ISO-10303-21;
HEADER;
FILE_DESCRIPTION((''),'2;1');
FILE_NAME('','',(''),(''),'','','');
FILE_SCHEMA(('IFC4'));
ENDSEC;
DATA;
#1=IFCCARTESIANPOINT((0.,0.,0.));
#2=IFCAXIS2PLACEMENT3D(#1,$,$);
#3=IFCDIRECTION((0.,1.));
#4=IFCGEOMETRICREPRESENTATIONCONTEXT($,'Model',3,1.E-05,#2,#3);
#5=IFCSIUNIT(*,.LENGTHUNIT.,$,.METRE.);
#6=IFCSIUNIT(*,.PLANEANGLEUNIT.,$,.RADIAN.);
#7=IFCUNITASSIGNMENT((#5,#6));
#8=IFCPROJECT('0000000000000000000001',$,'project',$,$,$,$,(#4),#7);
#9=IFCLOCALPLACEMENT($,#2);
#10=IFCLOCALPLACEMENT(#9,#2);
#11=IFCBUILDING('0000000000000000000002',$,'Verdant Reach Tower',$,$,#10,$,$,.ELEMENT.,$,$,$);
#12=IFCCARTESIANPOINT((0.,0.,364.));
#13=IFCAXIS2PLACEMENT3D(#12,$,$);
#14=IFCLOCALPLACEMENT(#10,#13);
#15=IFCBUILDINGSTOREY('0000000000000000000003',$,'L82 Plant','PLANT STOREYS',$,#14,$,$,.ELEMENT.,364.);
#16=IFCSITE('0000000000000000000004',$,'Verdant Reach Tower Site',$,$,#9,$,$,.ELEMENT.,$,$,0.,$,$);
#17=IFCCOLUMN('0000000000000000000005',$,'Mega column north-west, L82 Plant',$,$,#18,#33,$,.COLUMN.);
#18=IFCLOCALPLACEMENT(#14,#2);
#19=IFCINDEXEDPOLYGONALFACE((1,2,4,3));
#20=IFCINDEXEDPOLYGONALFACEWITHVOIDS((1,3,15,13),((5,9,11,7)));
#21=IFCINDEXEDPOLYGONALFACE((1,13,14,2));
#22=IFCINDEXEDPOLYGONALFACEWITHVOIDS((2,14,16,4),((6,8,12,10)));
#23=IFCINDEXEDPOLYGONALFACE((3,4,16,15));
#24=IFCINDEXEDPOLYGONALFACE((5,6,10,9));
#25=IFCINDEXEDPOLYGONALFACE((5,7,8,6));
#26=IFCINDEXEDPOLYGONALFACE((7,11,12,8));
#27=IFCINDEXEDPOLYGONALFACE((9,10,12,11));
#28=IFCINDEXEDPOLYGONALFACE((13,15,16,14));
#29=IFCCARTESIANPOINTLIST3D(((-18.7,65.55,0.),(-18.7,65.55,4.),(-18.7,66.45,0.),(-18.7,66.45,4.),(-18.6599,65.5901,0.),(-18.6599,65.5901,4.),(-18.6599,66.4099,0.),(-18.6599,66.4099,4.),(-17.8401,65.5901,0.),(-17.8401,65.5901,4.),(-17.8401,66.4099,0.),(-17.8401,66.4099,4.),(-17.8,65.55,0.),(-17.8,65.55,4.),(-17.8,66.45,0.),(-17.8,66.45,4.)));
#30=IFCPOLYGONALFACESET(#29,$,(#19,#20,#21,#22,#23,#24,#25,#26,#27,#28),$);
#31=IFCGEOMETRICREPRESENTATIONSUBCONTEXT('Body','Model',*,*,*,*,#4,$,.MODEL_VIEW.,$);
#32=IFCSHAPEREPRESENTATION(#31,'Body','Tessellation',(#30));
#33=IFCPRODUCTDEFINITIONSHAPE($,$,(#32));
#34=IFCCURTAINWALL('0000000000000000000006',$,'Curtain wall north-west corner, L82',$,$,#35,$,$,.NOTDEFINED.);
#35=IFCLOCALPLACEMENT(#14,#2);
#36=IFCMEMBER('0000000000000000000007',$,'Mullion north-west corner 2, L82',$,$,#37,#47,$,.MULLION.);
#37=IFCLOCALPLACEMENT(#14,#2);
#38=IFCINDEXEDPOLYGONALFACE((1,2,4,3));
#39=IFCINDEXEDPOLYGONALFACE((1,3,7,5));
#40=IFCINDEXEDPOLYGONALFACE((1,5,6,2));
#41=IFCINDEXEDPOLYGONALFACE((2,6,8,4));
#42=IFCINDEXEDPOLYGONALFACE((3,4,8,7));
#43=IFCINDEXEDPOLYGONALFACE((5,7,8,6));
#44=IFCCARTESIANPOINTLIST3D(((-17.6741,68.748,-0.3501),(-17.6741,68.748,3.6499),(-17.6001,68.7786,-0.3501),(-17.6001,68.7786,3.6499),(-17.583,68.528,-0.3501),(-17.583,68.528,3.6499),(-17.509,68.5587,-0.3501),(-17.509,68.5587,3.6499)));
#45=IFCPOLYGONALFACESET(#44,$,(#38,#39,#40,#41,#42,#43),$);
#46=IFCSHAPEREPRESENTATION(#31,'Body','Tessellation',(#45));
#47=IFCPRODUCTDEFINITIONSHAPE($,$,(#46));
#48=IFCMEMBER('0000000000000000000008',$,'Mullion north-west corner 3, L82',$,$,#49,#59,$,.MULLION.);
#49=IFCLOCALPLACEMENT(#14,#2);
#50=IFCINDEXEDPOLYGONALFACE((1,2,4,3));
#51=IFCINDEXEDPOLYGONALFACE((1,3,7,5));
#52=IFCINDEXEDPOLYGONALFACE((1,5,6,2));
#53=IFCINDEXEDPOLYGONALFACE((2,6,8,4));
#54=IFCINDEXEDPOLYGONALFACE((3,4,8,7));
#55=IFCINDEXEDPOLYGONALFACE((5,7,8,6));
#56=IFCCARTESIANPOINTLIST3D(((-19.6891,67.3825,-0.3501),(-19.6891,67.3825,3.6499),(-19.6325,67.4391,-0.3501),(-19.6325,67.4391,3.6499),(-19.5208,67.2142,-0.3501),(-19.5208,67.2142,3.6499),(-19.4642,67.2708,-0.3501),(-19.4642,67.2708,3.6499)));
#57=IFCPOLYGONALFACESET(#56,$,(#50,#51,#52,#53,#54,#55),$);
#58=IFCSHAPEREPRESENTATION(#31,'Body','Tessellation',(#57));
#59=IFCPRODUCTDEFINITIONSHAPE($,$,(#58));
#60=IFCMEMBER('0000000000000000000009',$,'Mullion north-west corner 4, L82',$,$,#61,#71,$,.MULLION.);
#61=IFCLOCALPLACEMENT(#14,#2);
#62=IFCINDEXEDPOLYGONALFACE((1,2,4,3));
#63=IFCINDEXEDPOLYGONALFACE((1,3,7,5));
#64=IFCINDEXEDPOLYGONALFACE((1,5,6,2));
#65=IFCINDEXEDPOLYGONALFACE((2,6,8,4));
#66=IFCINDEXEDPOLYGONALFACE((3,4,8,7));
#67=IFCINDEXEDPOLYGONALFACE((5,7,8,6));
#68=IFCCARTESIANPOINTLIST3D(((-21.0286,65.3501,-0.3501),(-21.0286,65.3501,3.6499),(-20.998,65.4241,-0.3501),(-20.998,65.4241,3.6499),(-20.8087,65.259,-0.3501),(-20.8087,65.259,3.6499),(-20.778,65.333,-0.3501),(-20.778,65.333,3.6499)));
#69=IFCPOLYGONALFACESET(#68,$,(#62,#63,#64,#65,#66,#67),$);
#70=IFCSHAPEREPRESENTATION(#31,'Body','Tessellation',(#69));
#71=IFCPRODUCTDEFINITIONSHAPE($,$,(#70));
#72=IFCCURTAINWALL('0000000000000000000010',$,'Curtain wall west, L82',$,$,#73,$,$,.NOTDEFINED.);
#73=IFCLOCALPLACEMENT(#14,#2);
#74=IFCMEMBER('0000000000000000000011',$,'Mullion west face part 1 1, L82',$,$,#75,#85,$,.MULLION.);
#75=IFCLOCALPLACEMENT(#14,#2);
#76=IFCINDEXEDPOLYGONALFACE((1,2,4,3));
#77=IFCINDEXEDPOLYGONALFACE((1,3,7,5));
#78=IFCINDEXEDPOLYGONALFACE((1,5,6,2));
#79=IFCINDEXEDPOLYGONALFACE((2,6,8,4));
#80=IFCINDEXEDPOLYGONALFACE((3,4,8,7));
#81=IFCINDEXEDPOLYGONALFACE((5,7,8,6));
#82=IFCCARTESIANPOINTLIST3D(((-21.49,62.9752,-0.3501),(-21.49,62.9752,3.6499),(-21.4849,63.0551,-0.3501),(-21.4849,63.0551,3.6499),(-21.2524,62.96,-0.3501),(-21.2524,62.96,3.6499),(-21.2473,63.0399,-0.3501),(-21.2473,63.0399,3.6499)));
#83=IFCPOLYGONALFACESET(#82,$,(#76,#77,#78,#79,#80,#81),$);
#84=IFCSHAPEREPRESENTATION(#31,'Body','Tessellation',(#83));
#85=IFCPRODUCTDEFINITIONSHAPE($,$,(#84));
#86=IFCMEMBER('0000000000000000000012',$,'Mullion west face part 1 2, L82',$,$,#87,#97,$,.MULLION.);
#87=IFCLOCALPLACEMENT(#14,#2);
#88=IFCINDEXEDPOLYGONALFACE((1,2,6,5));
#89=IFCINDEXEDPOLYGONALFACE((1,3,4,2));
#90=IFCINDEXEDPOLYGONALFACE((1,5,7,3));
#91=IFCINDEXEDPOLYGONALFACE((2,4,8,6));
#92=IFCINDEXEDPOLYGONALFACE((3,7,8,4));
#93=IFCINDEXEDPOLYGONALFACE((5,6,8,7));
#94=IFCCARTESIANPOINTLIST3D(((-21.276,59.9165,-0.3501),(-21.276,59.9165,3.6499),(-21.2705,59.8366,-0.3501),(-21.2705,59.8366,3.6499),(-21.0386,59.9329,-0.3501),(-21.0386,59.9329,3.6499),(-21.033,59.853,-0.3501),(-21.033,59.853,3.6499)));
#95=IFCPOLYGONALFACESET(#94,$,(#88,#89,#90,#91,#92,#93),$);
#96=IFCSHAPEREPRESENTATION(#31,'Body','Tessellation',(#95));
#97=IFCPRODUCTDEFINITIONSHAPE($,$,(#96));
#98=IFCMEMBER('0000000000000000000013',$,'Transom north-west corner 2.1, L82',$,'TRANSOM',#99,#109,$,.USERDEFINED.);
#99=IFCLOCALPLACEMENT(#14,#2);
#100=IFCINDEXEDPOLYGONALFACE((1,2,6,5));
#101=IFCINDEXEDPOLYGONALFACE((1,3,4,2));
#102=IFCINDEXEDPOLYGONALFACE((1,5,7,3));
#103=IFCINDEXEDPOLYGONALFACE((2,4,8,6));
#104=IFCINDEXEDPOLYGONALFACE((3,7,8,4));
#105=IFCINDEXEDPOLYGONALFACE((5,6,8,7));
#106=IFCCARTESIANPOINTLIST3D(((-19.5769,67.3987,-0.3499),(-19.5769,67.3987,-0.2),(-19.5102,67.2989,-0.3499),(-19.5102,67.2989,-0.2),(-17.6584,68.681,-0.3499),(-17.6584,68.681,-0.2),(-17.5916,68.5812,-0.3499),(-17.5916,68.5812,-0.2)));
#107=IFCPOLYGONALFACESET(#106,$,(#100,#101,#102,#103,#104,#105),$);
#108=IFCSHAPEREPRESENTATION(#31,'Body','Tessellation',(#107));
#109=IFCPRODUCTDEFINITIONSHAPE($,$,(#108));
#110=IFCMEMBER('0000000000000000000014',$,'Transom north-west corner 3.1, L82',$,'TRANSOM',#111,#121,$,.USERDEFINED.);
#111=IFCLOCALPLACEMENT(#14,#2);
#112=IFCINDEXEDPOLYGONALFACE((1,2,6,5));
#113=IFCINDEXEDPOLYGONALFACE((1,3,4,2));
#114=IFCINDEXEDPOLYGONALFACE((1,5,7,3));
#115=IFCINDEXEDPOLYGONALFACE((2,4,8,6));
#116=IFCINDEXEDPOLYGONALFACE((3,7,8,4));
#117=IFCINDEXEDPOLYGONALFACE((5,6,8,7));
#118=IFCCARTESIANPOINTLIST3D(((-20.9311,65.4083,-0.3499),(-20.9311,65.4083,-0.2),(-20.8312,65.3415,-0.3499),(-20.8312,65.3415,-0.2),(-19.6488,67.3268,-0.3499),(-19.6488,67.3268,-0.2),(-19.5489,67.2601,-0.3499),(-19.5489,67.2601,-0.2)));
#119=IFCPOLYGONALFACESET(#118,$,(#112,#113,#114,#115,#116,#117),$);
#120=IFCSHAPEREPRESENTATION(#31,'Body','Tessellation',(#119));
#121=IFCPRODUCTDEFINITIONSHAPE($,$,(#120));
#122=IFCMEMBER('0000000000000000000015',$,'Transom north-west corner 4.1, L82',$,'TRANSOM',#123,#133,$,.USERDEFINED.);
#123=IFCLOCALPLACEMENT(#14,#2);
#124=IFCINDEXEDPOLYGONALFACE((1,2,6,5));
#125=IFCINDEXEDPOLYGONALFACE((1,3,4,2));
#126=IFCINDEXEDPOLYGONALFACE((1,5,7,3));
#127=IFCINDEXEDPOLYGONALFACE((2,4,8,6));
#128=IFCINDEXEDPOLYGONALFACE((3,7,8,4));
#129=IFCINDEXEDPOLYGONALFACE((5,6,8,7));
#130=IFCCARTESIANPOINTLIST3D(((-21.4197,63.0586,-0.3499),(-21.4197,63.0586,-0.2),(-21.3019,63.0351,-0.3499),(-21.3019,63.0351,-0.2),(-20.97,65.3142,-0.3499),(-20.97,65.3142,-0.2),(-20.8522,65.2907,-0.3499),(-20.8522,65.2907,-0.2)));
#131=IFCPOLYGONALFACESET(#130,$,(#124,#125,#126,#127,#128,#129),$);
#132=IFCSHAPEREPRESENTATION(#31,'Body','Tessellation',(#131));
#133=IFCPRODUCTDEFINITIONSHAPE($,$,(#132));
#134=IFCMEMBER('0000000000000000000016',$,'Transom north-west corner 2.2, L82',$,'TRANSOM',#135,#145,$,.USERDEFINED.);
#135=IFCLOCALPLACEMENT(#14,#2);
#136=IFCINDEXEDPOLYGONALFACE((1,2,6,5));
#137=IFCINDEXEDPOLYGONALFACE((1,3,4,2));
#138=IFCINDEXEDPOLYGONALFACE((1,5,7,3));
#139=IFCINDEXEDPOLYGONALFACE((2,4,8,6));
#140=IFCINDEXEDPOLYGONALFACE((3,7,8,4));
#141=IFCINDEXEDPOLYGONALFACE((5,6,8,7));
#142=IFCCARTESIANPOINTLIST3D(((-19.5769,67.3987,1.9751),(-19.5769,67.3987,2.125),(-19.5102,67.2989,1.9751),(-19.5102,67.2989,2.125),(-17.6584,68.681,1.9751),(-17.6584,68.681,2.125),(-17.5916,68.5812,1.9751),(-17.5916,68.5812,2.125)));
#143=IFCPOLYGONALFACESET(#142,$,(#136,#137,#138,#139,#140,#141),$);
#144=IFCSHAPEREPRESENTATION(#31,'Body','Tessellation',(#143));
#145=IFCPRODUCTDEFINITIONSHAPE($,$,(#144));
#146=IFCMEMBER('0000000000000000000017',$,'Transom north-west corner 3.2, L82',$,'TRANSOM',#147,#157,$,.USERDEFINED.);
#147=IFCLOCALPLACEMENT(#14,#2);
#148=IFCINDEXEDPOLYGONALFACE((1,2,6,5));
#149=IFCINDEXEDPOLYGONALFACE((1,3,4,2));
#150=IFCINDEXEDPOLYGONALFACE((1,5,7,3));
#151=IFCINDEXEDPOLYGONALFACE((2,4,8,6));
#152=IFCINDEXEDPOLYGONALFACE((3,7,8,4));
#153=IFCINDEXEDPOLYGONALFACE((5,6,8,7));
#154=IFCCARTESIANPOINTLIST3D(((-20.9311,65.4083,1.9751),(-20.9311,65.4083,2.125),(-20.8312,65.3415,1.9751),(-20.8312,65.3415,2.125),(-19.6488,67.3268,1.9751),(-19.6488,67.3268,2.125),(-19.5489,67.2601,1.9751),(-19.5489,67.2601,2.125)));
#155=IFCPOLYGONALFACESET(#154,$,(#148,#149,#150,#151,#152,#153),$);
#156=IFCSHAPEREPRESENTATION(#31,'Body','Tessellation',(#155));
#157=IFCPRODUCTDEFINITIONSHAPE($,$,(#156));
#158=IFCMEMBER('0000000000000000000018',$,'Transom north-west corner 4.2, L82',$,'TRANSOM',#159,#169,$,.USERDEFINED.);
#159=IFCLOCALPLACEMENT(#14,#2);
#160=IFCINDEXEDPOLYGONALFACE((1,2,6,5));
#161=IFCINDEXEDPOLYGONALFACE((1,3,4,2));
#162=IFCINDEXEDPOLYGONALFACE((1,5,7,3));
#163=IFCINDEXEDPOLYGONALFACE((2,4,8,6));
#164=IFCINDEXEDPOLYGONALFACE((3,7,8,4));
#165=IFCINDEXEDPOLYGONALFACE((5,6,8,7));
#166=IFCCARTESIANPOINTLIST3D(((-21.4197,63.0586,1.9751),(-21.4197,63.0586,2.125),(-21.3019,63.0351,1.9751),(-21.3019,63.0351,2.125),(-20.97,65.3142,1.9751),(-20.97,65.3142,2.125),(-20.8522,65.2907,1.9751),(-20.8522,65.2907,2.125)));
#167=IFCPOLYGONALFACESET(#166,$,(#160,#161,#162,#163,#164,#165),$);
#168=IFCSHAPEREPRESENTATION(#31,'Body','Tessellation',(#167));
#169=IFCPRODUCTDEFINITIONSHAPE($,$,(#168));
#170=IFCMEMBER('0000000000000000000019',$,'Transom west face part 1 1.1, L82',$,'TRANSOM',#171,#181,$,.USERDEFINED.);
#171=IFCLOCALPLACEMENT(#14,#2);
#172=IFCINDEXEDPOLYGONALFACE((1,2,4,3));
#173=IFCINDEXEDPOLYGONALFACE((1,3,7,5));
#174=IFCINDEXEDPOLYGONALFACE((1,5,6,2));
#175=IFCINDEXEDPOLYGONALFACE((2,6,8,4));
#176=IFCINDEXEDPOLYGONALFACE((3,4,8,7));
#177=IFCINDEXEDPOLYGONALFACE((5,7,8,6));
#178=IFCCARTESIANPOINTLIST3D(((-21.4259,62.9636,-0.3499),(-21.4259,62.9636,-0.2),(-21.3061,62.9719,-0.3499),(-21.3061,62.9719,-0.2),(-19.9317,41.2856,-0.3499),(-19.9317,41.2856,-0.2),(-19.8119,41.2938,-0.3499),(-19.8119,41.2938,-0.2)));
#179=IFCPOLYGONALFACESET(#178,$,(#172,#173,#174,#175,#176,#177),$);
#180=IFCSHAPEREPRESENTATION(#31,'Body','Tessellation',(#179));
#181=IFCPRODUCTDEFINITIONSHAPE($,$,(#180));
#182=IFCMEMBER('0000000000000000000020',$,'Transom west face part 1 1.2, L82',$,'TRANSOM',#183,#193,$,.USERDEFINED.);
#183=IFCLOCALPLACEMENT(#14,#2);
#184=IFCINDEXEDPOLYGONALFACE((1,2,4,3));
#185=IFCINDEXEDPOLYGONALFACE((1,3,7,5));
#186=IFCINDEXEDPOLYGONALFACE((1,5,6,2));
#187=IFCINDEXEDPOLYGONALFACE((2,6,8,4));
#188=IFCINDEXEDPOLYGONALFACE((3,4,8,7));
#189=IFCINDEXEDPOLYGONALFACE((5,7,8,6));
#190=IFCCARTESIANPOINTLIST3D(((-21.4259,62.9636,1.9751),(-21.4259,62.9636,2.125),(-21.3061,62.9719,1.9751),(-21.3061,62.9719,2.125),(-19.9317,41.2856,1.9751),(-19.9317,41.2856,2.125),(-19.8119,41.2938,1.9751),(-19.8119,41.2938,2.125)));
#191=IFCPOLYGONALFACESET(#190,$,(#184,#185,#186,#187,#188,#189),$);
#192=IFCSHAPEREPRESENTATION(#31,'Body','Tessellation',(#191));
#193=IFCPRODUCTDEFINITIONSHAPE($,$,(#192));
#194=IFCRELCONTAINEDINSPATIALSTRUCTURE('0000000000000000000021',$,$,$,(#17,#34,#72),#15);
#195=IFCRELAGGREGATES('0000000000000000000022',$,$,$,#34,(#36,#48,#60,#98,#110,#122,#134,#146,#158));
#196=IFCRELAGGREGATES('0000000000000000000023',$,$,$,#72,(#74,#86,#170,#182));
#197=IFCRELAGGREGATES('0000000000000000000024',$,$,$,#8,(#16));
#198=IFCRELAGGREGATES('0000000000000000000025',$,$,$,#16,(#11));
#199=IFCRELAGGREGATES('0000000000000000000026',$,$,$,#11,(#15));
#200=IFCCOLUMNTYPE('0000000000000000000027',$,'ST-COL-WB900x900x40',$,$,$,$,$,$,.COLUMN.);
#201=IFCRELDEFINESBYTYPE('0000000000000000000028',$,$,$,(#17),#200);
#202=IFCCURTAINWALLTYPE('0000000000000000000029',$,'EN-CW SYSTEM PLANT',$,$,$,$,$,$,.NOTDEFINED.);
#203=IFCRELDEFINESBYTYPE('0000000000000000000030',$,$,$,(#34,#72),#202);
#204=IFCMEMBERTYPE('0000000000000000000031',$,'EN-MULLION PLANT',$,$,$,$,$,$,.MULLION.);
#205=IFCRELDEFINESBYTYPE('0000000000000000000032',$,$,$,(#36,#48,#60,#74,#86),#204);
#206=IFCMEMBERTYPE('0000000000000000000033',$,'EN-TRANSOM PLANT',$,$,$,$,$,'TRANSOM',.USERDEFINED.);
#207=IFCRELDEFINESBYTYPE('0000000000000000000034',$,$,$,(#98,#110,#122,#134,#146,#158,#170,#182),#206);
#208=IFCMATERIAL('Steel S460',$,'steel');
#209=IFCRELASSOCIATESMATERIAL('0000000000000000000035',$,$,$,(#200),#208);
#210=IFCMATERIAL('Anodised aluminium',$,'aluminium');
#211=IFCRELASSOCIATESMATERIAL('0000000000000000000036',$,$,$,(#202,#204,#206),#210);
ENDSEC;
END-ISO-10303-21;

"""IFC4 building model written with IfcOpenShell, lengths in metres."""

from ifc_helpers import new_model, si_unit, direction, frame, origin, origin_2d, place, context, subcontext, project, spatial, rectangle, hollow_rectangle, extrude, material, material_profile, profile_set, type_object, element, aggregate, save


model = new_model("IFC4")

# Units and contexts
model_context = context("Model", 3, precision=1e-05, world=origin(), true_north=direction((0.0, 1.0)))
body_context = subcontext(model_context, "Body", "Model", "MODEL_VIEW")
ifc_project = project(units=[si_unit("LENGTHUNIT", "METRE"), si_unit("PLANEANGLEUNIT", "RADIAN")], contexts=[model_context])

# Site, building, storey
site_placement = place(None, origin())
site = spatial("IfcSite", under=ifc_project, at=site_placement, Name="Verdant Reach Tower Site", CompositionType="ELEMENT", RefElevation=0.0)
building_placement = place(site_placement, origin())
building = spatial("IfcBuilding", under=site, at=building_placement, Name="Verdant Reach Tower", CompositionType="ELEMENT")
storey_placement = place(building_placement, frame((0.0, 0.0, 364.0)))
storey = spatial("IfcBuildingStorey", under=building, at=storey_placement, Name="L82 Plant", Description="PLANT STOREYS", CompositionType="ELEMENT", Elevation=364.0)

# Column
ifc_material_1 = material(Name="Steel S460", Category="steel")
ifc_material_profile_1 = material_profile(ifc_material_1, hollow_rectangle(XDim=0.8999, YDim=0.8999, WallThickness=0.04, at=origin_2d()), Name="WB 900x900x40")
ifc_profile_set_1 = profile_set([ifc_material_profile_1], Name="Steel S460")
column_type = type_object("IfcColumnType", Name="ST-COL-WB900x900x40", PredefinedType="COLUMN", material=ifc_profile_set_1)
column_placement = place(storey_placement, frame((-18.25, 66.0, 0.0), z_axis=(0.0, 0.0, 1.0), x_axis=(1.0, 0.0, 0.0)))
element("IfcColumn", 1, at=column_placement, inside=storey, type_object=column_type, Name="Mega column north-west, L82 Plant", PredefinedType="COLUMN", context=body_context, shape_type="SweptSolid", body=[
    extrude(hollow_rectangle(XDim=0.8999, YDim=0.8999, WallThickness=0.04, at=origin_2d()), origin(), (0.0, 0.0, 1.0), 4.0),
])

# Curtain walls, members
ifc_material_2 = material(Name="Anodised aluminium", Category="aluminium")
curtain_wall_type = type_object("IfcCurtainWallType", Name="EN-CW SYSTEM PLANT", PredefinedType="NOTDEFINED", material=ifc_material_2)
curtain_wall_1_placement = place(storey_placement, origin())
curtain_wall_1 = element("IfcCurtainWall", 2, at=curtain_wall_1_placement, inside=storey, type_object=curtain_wall_type, Name="Curtain wall north-west corner, L82", PredefinedType="NOTDEFINED")
ifc_material_profile_2 = material_profile(ifc_material_2, rectangle(XDim=0.238, YDim=0.0801, at=origin_2d()), Name="Mullion 80x240")
ifc_profile_set_2 = profile_set([ifc_material_profile_2], Name="Anodised aluminium")
member_type_1 = type_object("IfcMemberType", Name="EN-MULLION PLANT", PredefinedType="MULLION", material=ifc_profile_set_2)
member_1_placement = place(storey_placement, frame((-17.5916, 68.6533, -0.3501), z_axis=(0.0, 0.0, 1.0), x_axis=(-0.382694, 0.923875, 0.0)))
member_1 = element("IfcMember", 3, at=member_1_placement, type_object=member_type_1, Name="Mullion north-west corner 2, L82", PredefinedType="MULLION", context=body_context, shape_type="SweptSolid", body=[
    extrude(rectangle(XDim=0.238, YDim=0.0801, at=origin_2d()), origin(), (0.0, 0.0, 1.0), 4.0),
])
member_2_placement = place(storey_placement, frame((-19.5767, 67.3267, -0.3501), z_axis=(0.0, 0.0, 1.0), x_axis=(-0.707107, 0.707107, 0.0)))
member_2 = element("IfcMember", 4, at=member_2_placement, type_object=member_type_1, Name="Mullion north-west corner 3, L82", PredefinedType="MULLION", context=body_context, shape_type="SweptSolid", body=[
    extrude(rectangle(XDim=0.238, YDim=0.0801, at=origin_2d()), origin(), (0.0, 0.0, 1.0), 4.0),
])
member_3_placement = place(storey_placement, frame((-20.9033, 65.3416, -0.3501), z_axis=(0.0, 0.0, 1.0), x_axis=(-0.923875, 0.382694, 0.0)))
member_3 = element("IfcMember", 5, at=member_3_placement, type_object=member_type_1, Name="Mullion north-west corner 4, L82", PredefinedType="MULLION", context=body_context, shape_type="SweptSolid", body=[
    extrude(rectangle(XDim=0.238, YDim=0.0801, at=origin_2d()), origin(), (0.0, 0.0, 1.0), 4.0),
])
curtain_wall_2_placement = place(storey_placement, origin())
curtain_wall_2 = element("IfcCurtainWall", 6, at=curtain_wall_2_placement, inside=storey, type_object=curtain_wall_type, Name="Curtain wall west, L82", PredefinedType="NOTDEFINED")
member_4_placement = place(storey_placement, frame((-21.3687, 63.0076, -0.3501), z_axis=(0.0, 0.0, 1.0), x_axis=(-0.997969, 0.063699, 0.0)))
member_4 = element("IfcMember", 7, at=member_4_placement, type_object=member_type_1, Name="Mullion west face part 1 1, L82", PredefinedType="MULLION", context=body_context, shape_type="SweptSolid", body=[
    extrude(rectangle(XDim=0.238, YDim=0.0801, at=origin_2d()), origin(), (0.0, 0.0, 1.0), 4.0),
])
member_5_placement = place(storey_placement, frame((-21.1545, 59.8848, -0.3501), z_axis=(0.0, 0.0, 1.0), x_axis=(-0.99763, -0.068802, 0.0)))
member_5 = element("IfcMember", 8, at=member_5_placement, type_object=member_type_1, Name="Mullion west face part 1 2, L82", PredefinedType="MULLION", context=body_context, shape_type="SweptSolid", body=[
    extrude(rectangle(XDim=0.238, YDim=0.0801, at=origin_2d()), origin(), (0.0, 0.0, 1.0), 4.0),
])

# Members
ifc_material_profile_3 = material_profile(ifc_material_2, rectangle(XDim=0.1201, YDim=0.1499, at=origin_2d()), Name="Transom 150x120")
ifc_profile_set_3 = profile_set([ifc_material_profile_3], Name="Anodised aluminium")
member_type_2 = type_object("IfcMemberType", Name="EN-TRANSOM PLANT", ElementType="TRANSOM", PredefinedType="USERDEFINED", material=ifc_profile_set_3)
member_6_placement = place(storey_placement, frame((-17.625, 68.6311, -0.2749), z_axis=(-0.831399, -0.555676, 0.0), x_axis=(0.555676, -0.831399, 0.0)))
member_6 = element("IfcMember", 9, at=member_6_placement, type_object=member_type_2, Name="Transom north-west corner 2.1, L82", ObjectType="TRANSOM", PredefinedType="USERDEFINED", context=body_context, shape_type="SweptSolid", body=[
    extrude(rectangle(XDim=0.1201, YDim=0.1499, at=origin_2d()), origin(), (0.0, 0.0, 1.0), 2.3076),
])
member_7_placement = place(storey_placement, frame((-19.5989, 67.2935, -0.2749), z_axis=(-0.555676, -0.831399, 0.0), x_axis=(0.831399, -0.555676, 0.0)))
member_7 = element("IfcMember", 10, at=member_7_placement, type_object=member_type_2, Name="Transom north-west corner 3.1, L82", ObjectType="TRANSOM", PredefinedType="USERDEFINED", context=body_context, shape_type="SweptSolid", body=[
    extrude(rectangle(XDim=0.1201, YDim=0.1499, at=origin_2d()), origin(), (0.0, 0.0, 1.0), 2.3076),
])
member_8_placement = place(storey_placement, frame((-20.9111, 65.3025, -0.2749), z_axis=(-0.195524, -0.980699, 0.0), x_axis=(0.980699, -0.195524, 0.0)))
member_8 = element("IfcMember", 11, at=member_8_placement, type_object=member_type_2, Name="Transom north-west corner 4.1, L82", ObjectType="TRANSOM", PredefinedType="USERDEFINED", context=body_context, shape_type="SweptSolid", body=[
    extrude(rectangle(XDim=0.1201, YDim=0.1499, at=origin_2d()), origin(), (0.0, 0.0, 1.0), 2.3),
])
member_9_placement = place(storey_placement, frame((-17.625, 68.6311, 2.05), z_axis=(-0.831399, -0.555676, 0.0), x_axis=(0.555676, -0.831399, 0.0)))
member_9 = element("IfcMember", 12, at=member_9_placement, type_object=member_type_2, Name="Transom north-west corner 2.2, L82", ObjectType="TRANSOM", PredefinedType="USERDEFINED", context=body_context, shape_type="SweptSolid", body=[
    extrude(rectangle(XDim=0.1201, YDim=0.1499, at=origin_2d()), origin(), (0.0, 0.0, 1.0), 2.3076),
])
member_10_placement = place(storey_placement, frame((-19.5989, 67.2935, 2.05), z_axis=(-0.555676, -0.831399, 0.0), x_axis=(0.831399, -0.555676, 0.0)))
member_10 = element("IfcMember", 13, at=member_10_placement, type_object=member_type_2, Name="Transom north-west corner 3.2, L82", ObjectType="TRANSOM", PredefinedType="USERDEFINED", context=body_context, shape_type="SweptSolid", body=[
    extrude(rectangle(XDim=0.1201, YDim=0.1499, at=origin_2d()), origin(), (0.0, 0.0, 1.0), 2.3076),
])
member_11_placement = place(storey_placement, frame((-20.9111, 65.3025, 2.05), z_axis=(-0.195524, -0.980699, 0.0), x_axis=(0.980699, -0.195524, 0.0)))
member_11 = element("IfcMember", 14, at=member_11_placement, type_object=member_type_2, Name="Transom north-west corner 4.2, L82", ObjectType="TRANSOM", PredefinedType="USERDEFINED", context=body_context, shape_type="SweptSolid", body=[
    extrude(rectangle(XDim=0.1201, YDim=0.1499, at=origin_2d()), origin(), (0.0, 0.0, 1.0), 2.3),
])
member_12_placement = place(storey_placement, frame((-21.366, 62.9678, -0.2749), z_axis=(0.068761, -0.997633, 0.0), x_axis=(0.997633, 0.068761, 0.0)))
member_12 = element("IfcMember", 15, at=member_12_placement, type_object=member_type_2, Name="Transom west face part 1 1.1, L82", ObjectType="TRANSOM", PredefinedType="USERDEFINED", context=body_context, shape_type="SweptSolid", body=[
    extrude(rectangle(XDim=0.1201, YDim=0.1499, at=origin_2d()), origin(), (0.0, 0.0, 1.0), 21.7295),
])
member_13_placement = place(storey_placement, frame((-21.366, 62.9678, 2.05), z_axis=(0.068761, -0.997633, 0.0), x_axis=(0.997633, 0.068761, 0.0)))
member_13 = element("IfcMember", 16, at=member_13_placement, type_object=member_type_2, Name="Transom west face part 1 1.2, L82", ObjectType="TRANSOM", PredefinedType="USERDEFINED", context=body_context, shape_type="SweptSolid", body=[
    extrude(rectangle(XDim=0.1201, YDim=0.1499, at=origin_2d()), origin(), (0.0, 0.0, 1.0), 21.7295),
])

aggregate(curtain_wall_1, [member_1, member_2, member_3, member_6, member_7, member_8, member_9, member_10, member_11])
aggregate(curtain_wall_2, [member_4, member_5, member_12, member_13])

save(model, "model.ifc")
